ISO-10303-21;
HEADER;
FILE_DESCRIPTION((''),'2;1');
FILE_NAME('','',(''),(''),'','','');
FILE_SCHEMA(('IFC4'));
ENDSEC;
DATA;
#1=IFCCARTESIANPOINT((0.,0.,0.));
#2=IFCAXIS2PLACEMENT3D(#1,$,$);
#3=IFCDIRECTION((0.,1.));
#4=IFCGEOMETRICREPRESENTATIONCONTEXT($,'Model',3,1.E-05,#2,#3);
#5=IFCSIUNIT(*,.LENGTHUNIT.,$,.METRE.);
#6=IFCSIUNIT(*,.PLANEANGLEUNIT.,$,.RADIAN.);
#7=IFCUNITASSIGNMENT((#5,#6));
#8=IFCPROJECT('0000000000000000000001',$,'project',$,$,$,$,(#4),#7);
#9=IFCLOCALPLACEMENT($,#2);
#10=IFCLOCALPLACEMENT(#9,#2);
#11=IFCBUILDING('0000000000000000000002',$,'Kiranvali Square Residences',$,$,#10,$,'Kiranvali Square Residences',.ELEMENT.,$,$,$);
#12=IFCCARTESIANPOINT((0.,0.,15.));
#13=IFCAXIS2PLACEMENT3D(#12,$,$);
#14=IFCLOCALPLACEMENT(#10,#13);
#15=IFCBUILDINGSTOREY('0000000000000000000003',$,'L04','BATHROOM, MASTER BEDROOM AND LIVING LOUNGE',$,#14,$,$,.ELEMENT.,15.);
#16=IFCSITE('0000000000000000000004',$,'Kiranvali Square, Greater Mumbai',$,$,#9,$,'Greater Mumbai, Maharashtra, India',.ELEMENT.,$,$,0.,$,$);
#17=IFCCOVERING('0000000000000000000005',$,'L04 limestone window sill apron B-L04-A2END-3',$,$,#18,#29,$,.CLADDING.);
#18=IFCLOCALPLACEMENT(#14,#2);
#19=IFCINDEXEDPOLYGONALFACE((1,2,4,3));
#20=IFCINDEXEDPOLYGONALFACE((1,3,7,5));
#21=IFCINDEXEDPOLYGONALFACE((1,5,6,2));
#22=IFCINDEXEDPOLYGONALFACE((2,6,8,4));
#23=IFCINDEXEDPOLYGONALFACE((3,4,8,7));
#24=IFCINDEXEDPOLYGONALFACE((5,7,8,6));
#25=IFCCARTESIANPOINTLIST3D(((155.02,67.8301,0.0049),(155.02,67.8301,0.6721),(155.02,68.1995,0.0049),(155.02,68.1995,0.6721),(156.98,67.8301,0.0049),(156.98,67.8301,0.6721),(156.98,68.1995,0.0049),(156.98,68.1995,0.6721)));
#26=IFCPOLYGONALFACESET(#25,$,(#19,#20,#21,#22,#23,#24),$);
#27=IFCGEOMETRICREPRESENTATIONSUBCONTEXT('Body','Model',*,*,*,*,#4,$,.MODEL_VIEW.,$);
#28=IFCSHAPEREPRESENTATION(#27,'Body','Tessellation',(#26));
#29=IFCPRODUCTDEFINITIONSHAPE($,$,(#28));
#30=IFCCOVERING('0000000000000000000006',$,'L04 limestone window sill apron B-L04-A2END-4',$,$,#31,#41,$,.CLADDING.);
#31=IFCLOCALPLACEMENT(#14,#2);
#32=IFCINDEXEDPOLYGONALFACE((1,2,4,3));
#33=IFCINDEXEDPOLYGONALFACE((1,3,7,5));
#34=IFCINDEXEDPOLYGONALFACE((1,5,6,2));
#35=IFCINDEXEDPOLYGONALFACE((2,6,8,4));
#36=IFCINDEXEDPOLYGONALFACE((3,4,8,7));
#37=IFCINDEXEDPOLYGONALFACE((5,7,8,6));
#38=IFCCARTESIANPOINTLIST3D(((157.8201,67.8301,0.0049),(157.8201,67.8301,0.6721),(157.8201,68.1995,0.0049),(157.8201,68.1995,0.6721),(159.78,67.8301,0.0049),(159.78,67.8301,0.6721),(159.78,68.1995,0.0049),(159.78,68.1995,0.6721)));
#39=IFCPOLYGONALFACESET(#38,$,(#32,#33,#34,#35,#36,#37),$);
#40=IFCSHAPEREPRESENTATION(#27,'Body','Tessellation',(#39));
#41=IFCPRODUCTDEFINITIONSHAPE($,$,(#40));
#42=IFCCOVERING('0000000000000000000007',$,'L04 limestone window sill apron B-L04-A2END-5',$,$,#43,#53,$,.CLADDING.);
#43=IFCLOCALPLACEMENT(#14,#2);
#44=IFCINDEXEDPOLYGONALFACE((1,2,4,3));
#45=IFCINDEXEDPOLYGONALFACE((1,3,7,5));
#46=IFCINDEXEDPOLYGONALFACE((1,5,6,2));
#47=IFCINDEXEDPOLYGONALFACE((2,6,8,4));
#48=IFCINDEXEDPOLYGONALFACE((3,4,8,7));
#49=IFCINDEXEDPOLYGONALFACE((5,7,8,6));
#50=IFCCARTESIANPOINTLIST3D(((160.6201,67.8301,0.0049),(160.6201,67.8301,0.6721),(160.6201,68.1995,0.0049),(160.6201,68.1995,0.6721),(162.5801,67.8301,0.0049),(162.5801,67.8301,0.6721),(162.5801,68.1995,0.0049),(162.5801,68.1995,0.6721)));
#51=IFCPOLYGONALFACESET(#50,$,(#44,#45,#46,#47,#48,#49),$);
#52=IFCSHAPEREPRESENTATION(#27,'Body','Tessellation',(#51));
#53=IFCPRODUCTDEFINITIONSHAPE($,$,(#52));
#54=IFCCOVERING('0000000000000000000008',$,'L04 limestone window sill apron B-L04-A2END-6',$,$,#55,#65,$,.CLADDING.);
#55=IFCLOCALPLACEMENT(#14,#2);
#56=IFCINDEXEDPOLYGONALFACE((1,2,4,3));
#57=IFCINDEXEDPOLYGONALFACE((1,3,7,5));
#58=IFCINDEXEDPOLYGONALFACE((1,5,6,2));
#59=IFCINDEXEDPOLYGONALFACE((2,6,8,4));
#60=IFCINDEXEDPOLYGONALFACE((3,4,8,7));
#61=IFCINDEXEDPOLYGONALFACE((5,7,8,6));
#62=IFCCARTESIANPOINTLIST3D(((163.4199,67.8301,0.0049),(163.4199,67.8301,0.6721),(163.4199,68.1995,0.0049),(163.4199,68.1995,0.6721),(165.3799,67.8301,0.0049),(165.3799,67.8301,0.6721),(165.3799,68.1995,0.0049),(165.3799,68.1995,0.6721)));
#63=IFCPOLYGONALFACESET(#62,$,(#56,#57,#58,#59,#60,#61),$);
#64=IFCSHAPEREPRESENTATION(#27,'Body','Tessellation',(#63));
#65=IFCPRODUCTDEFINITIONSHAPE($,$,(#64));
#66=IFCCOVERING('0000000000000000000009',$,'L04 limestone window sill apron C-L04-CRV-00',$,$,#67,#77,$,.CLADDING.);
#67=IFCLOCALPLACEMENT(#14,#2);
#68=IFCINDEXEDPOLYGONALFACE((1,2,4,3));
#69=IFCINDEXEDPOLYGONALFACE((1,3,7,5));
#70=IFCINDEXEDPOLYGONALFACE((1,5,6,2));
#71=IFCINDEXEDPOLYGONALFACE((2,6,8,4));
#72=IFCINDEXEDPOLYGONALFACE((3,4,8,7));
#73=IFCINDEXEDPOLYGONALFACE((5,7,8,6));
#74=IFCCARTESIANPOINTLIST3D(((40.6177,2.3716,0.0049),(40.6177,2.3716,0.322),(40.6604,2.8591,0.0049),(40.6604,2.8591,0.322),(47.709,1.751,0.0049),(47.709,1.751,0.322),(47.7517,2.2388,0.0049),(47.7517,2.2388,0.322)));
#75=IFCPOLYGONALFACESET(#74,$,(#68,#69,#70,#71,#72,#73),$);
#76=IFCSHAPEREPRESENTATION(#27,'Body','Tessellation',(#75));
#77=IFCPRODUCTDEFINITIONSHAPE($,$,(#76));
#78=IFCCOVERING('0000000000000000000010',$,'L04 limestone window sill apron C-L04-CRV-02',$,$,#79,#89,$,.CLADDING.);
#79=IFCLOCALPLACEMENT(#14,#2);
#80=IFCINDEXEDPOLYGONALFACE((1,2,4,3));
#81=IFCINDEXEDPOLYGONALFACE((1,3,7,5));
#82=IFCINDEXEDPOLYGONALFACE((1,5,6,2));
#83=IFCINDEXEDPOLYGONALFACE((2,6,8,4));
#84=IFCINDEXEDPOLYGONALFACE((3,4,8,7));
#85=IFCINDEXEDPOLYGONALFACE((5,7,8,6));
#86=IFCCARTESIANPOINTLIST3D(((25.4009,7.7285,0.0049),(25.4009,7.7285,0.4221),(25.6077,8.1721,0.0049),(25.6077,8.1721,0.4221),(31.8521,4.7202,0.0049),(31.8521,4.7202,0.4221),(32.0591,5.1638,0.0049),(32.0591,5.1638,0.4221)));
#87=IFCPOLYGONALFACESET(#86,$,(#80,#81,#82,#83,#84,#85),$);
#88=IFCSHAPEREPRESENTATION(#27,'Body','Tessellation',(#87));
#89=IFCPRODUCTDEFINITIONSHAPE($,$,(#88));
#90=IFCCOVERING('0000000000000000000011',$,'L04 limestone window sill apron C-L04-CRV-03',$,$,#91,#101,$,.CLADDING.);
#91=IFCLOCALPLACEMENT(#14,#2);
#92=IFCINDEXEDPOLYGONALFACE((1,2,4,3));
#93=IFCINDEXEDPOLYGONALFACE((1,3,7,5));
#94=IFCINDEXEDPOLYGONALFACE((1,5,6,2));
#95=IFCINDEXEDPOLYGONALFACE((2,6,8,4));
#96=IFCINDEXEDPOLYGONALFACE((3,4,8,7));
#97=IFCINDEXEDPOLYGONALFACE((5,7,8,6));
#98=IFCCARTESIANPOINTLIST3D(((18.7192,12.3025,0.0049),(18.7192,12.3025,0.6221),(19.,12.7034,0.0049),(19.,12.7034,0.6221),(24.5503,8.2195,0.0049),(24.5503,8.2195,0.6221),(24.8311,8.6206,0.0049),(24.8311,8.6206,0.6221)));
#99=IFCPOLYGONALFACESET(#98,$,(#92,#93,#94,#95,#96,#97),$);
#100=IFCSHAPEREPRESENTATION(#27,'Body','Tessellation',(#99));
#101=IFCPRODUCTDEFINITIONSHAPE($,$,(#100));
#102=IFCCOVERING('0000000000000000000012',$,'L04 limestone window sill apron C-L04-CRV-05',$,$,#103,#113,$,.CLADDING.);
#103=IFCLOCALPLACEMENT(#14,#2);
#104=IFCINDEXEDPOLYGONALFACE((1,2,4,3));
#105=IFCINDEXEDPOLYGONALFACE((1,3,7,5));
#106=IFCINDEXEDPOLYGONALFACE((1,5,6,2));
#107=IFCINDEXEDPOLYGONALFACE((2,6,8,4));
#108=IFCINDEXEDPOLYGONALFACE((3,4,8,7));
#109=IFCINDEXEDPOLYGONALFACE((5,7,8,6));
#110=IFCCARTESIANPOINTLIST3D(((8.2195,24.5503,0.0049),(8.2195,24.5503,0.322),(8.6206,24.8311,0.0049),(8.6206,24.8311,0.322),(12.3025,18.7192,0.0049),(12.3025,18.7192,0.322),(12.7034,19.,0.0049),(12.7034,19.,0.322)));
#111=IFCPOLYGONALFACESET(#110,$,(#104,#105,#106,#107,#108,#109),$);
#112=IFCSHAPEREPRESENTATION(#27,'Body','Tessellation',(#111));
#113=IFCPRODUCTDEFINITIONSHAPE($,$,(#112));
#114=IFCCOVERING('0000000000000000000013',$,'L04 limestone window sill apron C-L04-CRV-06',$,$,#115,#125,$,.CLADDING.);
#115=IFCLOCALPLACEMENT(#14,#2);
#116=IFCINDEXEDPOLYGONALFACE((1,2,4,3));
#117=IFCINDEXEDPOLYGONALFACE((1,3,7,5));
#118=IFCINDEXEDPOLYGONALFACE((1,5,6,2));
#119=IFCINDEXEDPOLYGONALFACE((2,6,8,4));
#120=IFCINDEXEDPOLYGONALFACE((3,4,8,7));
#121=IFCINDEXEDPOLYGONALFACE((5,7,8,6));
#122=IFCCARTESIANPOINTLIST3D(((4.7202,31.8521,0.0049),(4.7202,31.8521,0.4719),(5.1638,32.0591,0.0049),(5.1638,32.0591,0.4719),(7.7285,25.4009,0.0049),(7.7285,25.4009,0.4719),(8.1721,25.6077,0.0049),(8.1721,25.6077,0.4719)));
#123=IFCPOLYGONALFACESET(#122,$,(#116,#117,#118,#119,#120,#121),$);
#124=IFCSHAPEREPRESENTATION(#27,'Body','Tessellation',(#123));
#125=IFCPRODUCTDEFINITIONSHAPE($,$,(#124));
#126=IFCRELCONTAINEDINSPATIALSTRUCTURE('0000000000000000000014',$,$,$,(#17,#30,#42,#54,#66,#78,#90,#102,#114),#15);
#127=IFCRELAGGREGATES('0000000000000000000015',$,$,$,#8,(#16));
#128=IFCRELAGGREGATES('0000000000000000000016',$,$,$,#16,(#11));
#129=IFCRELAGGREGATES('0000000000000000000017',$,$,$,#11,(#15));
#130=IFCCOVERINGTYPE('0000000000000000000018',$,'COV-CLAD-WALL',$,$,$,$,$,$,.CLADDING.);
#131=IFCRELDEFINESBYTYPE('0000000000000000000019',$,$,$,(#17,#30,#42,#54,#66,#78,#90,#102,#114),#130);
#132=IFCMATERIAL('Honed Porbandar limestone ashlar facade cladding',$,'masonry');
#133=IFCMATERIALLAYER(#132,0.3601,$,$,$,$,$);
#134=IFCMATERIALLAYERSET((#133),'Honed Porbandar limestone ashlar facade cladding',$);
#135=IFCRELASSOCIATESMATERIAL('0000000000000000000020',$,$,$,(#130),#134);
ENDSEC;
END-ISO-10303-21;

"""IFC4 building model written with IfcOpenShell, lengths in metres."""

from ifc_helpers import new_model, si_unit, direction, frame, origin, place, context, subcontext, project, spatial, polyline, outline, extrude, material, layer, layer_set, type_object, element, save


model = new_model("IFC4")

# Units and contexts
model_context = context("Model", 3, precision=1e-05, world=origin(), true_north=direction((0.0, 1.0)))
body_context = subcontext(model_context, "Body", "Model", "MODEL_VIEW")
ifc_project = project(units=[si_unit("LENGTHUNIT", "METRE"), si_unit("PLANEANGLEUNIT", "RADIAN")], contexts=[model_context])

# Site, building, storey
site_placement = place(None, origin())
site = spatial("IfcSite", under=ifc_project, at=site_placement, Name="Kiranvali Square, Greater Mumbai", LongName="Greater Mumbai, Maharashtra, India", CompositionType="ELEMENT", RefElevation=0.0)
building_placement = place(site_placement, origin())
building = spatial("IfcBuilding", under=site, at=building_placement, Name="Kiranvali Square Residences", LongName="Kiranvali Square Residences", CompositionType="ELEMENT")
storey_placement = place(building_placement, frame((0.0, 0.0, 15.0)))
storey = spatial("IfcBuildingStorey", under=building, at=storey_placement, Name="L04", Description="BATHROOM, MASTER BEDROOM AND LIVING LOUNGE", CompositionType="ELEMENT", Elevation=15.0)

# Coverings
ifc_material = material(Name="Honed Porbandar limestone ashlar facade cladding", Category="masonry")
ifc_layer_1 = layer(ifc_material, 0.3601)
ifc_layer_set_1 = layer_set([ifc_layer_1], Name="Honed Porbandar limestone ashlar facade cladding")
covering_type_1 = type_object("IfcCoveringType", Name="COV-CLAD-WALL", PredefinedType="CLADDING", material=ifc_layer_set_1)
covering_1_placement = place(storey_placement, frame((0.0, 0.0, 0.0049)))
element("IfcCovering", 1, at=covering_1_placement, inside=storey, type_object=covering_type_1, Name="L04 limestone window sill apron B-L04-A2END-3", PredefinedType="CLADDING", context=body_context, shape_type="SweptSolid", body=[
    extrude(outline(polyline([(155.02, 67.8301), (156.98, 67.8301), (156.98, 68.1995), (155.02, 68.1995), (155.02, 67.8301)])), origin(), (0.0, 0.0, 1.0), 0.6672),
])
covering_2_placement = place(storey_placement, frame((0.0, 0.0, 0.0049)))
element("IfcCovering", 2, at=covering_2_placement, inside=storey, type_object=covering_type_1, Name="L04 limestone window sill apron B-L04-A2END-4", PredefinedType="CLADDING", context=body_context, shape_type="SweptSolid", body=[
    extrude(outline(polyline([(157.8201, 67.8301), (159.78, 67.8301), (159.78, 68.1995), (157.8201, 68.1995), (157.8201, 67.8301)])), origin(), (0.0, 0.0, 1.0), 0.6672),
])
covering_3_placement = place(storey_placement, frame((0.0, 0.0, 0.0049)))
element("IfcCovering", 3, at=covering_3_placement, inside=storey, type_object=covering_type_1, Name="L04 limestone window sill apron B-L04-A2END-5", PredefinedType="CLADDING", context=body_context, shape_type="SweptSolid", body=[
    extrude(outline(polyline([(160.6201, 67.8301), (162.5801, 67.8301), (162.5801, 68.1995), (160.6201, 68.1995), (160.6201, 67.8301)])), origin(), (0.0, 0.0, 1.0), 0.6672),
])
covering_4_placement = place(storey_placement, frame((0.0, 0.0, 0.0049)))
element("IfcCovering", 4, at=covering_4_placement, inside=storey, type_object=covering_type_1, Name="L04 limestone window sill apron B-L04-A2END-6", PredefinedType="CLADDING", context=body_context, shape_type="SweptSolid", body=[
    extrude(outline(polyline([(163.4199, 67.8301), (165.3799, 67.8301), (165.3799, 68.1995), (163.4199, 68.1995), (163.4199, 67.8301)])), origin(), (0.0, 0.0, 1.0), 0.6672),
])
covering_5_placement = place(storey_placement, frame((0.0, 0.0, 0.0049)))
element("IfcCovering", 5, at=covering_5_placement, inside=storey, type_object=covering_type_1, Name="L04 limestone window sill apron C-L04-CRV-00", PredefinedType="CLADDING", context=body_context, shape_type="SweptSolid", body=[
    extrude(outline(polyline([(47.7517, 2.2388), (40.6604, 2.8591), (40.6177, 2.3716), (47.709, 1.751), (47.7517, 2.2388)])), origin(), (0.0, 0.0, 1.0), 0.3171),
])
covering_6_placement = place(storey_placement, frame((0.0, 0.0, 0.0049)))
element("IfcCovering", 6, at=covering_6_placement, inside=storey, type_object=covering_type_1, Name="L04 limestone window sill apron C-L04-CRV-02", PredefinedType="CLADDING", context=body_context, shape_type="SweptSolid", body=[
    extrude(outline(polyline([(32.0591, 5.1638), (25.6077, 8.1721), (25.4009, 7.7285), (31.8521, 4.7202), (32.0591, 5.1638)])), origin(), (0.0, 0.0, 1.0), 0.4172),
])
covering_7_placement = place(storey_placement, frame((0.0, 0.0, 0.0049)))
element("IfcCovering", 7, at=covering_7_placement, inside=storey, type_object=covering_type_1, Name="L04 limestone window sill apron C-L04-CRV-03", PredefinedType="CLADDING", context=body_context, shape_type="SweptSolid", body=[
    extrude(outline(polyline([(24.8311, 8.6206), (19.0, 12.7034), (18.7192, 12.3025), (24.5503, 8.2195), (24.8311, 8.6206)])), origin(), (0.0, 0.0, 1.0), 0.6172),
])
covering_8_placement = place(storey_placement, frame((0.0, 0.0, 0.0049)))
element("IfcCovering", 8, at=covering_8_placement, inside=storey, type_object=covering_type_1, Name="L04 limestone window sill apron C-L04-CRV-05", PredefinedType="CLADDING", context=body_context, shape_type="SweptSolid", body=[
    extrude(outline(polyline([(12.7034, 19.0), (8.6206, 24.8311), (8.2195, 24.5503), (12.3025, 18.7192), (12.7034, 19.0)])), origin(), (0.0, 0.0, 1.0), 0.3171),
])
covering_9_placement = place(storey_placement, frame((0.0, 0.0, 0.0049)))
element("IfcCovering", 9, at=covering_9_placement, inside=storey, type_object=covering_type_1, Name="L04 limestone window sill apron C-L04-CRV-06", PredefinedType="CLADDING", context=body_context, shape_type="SweptSolid", body=[
    extrude(outline(polyline([(8.1721, 25.6077), (5.1638, 32.0591), (4.7202, 31.8521), (7.7285, 25.4009), (8.1721, 25.6077)])), origin(), (0.0, 0.0, 1.0), 0.467),
])

save(model, "model.ifc")
